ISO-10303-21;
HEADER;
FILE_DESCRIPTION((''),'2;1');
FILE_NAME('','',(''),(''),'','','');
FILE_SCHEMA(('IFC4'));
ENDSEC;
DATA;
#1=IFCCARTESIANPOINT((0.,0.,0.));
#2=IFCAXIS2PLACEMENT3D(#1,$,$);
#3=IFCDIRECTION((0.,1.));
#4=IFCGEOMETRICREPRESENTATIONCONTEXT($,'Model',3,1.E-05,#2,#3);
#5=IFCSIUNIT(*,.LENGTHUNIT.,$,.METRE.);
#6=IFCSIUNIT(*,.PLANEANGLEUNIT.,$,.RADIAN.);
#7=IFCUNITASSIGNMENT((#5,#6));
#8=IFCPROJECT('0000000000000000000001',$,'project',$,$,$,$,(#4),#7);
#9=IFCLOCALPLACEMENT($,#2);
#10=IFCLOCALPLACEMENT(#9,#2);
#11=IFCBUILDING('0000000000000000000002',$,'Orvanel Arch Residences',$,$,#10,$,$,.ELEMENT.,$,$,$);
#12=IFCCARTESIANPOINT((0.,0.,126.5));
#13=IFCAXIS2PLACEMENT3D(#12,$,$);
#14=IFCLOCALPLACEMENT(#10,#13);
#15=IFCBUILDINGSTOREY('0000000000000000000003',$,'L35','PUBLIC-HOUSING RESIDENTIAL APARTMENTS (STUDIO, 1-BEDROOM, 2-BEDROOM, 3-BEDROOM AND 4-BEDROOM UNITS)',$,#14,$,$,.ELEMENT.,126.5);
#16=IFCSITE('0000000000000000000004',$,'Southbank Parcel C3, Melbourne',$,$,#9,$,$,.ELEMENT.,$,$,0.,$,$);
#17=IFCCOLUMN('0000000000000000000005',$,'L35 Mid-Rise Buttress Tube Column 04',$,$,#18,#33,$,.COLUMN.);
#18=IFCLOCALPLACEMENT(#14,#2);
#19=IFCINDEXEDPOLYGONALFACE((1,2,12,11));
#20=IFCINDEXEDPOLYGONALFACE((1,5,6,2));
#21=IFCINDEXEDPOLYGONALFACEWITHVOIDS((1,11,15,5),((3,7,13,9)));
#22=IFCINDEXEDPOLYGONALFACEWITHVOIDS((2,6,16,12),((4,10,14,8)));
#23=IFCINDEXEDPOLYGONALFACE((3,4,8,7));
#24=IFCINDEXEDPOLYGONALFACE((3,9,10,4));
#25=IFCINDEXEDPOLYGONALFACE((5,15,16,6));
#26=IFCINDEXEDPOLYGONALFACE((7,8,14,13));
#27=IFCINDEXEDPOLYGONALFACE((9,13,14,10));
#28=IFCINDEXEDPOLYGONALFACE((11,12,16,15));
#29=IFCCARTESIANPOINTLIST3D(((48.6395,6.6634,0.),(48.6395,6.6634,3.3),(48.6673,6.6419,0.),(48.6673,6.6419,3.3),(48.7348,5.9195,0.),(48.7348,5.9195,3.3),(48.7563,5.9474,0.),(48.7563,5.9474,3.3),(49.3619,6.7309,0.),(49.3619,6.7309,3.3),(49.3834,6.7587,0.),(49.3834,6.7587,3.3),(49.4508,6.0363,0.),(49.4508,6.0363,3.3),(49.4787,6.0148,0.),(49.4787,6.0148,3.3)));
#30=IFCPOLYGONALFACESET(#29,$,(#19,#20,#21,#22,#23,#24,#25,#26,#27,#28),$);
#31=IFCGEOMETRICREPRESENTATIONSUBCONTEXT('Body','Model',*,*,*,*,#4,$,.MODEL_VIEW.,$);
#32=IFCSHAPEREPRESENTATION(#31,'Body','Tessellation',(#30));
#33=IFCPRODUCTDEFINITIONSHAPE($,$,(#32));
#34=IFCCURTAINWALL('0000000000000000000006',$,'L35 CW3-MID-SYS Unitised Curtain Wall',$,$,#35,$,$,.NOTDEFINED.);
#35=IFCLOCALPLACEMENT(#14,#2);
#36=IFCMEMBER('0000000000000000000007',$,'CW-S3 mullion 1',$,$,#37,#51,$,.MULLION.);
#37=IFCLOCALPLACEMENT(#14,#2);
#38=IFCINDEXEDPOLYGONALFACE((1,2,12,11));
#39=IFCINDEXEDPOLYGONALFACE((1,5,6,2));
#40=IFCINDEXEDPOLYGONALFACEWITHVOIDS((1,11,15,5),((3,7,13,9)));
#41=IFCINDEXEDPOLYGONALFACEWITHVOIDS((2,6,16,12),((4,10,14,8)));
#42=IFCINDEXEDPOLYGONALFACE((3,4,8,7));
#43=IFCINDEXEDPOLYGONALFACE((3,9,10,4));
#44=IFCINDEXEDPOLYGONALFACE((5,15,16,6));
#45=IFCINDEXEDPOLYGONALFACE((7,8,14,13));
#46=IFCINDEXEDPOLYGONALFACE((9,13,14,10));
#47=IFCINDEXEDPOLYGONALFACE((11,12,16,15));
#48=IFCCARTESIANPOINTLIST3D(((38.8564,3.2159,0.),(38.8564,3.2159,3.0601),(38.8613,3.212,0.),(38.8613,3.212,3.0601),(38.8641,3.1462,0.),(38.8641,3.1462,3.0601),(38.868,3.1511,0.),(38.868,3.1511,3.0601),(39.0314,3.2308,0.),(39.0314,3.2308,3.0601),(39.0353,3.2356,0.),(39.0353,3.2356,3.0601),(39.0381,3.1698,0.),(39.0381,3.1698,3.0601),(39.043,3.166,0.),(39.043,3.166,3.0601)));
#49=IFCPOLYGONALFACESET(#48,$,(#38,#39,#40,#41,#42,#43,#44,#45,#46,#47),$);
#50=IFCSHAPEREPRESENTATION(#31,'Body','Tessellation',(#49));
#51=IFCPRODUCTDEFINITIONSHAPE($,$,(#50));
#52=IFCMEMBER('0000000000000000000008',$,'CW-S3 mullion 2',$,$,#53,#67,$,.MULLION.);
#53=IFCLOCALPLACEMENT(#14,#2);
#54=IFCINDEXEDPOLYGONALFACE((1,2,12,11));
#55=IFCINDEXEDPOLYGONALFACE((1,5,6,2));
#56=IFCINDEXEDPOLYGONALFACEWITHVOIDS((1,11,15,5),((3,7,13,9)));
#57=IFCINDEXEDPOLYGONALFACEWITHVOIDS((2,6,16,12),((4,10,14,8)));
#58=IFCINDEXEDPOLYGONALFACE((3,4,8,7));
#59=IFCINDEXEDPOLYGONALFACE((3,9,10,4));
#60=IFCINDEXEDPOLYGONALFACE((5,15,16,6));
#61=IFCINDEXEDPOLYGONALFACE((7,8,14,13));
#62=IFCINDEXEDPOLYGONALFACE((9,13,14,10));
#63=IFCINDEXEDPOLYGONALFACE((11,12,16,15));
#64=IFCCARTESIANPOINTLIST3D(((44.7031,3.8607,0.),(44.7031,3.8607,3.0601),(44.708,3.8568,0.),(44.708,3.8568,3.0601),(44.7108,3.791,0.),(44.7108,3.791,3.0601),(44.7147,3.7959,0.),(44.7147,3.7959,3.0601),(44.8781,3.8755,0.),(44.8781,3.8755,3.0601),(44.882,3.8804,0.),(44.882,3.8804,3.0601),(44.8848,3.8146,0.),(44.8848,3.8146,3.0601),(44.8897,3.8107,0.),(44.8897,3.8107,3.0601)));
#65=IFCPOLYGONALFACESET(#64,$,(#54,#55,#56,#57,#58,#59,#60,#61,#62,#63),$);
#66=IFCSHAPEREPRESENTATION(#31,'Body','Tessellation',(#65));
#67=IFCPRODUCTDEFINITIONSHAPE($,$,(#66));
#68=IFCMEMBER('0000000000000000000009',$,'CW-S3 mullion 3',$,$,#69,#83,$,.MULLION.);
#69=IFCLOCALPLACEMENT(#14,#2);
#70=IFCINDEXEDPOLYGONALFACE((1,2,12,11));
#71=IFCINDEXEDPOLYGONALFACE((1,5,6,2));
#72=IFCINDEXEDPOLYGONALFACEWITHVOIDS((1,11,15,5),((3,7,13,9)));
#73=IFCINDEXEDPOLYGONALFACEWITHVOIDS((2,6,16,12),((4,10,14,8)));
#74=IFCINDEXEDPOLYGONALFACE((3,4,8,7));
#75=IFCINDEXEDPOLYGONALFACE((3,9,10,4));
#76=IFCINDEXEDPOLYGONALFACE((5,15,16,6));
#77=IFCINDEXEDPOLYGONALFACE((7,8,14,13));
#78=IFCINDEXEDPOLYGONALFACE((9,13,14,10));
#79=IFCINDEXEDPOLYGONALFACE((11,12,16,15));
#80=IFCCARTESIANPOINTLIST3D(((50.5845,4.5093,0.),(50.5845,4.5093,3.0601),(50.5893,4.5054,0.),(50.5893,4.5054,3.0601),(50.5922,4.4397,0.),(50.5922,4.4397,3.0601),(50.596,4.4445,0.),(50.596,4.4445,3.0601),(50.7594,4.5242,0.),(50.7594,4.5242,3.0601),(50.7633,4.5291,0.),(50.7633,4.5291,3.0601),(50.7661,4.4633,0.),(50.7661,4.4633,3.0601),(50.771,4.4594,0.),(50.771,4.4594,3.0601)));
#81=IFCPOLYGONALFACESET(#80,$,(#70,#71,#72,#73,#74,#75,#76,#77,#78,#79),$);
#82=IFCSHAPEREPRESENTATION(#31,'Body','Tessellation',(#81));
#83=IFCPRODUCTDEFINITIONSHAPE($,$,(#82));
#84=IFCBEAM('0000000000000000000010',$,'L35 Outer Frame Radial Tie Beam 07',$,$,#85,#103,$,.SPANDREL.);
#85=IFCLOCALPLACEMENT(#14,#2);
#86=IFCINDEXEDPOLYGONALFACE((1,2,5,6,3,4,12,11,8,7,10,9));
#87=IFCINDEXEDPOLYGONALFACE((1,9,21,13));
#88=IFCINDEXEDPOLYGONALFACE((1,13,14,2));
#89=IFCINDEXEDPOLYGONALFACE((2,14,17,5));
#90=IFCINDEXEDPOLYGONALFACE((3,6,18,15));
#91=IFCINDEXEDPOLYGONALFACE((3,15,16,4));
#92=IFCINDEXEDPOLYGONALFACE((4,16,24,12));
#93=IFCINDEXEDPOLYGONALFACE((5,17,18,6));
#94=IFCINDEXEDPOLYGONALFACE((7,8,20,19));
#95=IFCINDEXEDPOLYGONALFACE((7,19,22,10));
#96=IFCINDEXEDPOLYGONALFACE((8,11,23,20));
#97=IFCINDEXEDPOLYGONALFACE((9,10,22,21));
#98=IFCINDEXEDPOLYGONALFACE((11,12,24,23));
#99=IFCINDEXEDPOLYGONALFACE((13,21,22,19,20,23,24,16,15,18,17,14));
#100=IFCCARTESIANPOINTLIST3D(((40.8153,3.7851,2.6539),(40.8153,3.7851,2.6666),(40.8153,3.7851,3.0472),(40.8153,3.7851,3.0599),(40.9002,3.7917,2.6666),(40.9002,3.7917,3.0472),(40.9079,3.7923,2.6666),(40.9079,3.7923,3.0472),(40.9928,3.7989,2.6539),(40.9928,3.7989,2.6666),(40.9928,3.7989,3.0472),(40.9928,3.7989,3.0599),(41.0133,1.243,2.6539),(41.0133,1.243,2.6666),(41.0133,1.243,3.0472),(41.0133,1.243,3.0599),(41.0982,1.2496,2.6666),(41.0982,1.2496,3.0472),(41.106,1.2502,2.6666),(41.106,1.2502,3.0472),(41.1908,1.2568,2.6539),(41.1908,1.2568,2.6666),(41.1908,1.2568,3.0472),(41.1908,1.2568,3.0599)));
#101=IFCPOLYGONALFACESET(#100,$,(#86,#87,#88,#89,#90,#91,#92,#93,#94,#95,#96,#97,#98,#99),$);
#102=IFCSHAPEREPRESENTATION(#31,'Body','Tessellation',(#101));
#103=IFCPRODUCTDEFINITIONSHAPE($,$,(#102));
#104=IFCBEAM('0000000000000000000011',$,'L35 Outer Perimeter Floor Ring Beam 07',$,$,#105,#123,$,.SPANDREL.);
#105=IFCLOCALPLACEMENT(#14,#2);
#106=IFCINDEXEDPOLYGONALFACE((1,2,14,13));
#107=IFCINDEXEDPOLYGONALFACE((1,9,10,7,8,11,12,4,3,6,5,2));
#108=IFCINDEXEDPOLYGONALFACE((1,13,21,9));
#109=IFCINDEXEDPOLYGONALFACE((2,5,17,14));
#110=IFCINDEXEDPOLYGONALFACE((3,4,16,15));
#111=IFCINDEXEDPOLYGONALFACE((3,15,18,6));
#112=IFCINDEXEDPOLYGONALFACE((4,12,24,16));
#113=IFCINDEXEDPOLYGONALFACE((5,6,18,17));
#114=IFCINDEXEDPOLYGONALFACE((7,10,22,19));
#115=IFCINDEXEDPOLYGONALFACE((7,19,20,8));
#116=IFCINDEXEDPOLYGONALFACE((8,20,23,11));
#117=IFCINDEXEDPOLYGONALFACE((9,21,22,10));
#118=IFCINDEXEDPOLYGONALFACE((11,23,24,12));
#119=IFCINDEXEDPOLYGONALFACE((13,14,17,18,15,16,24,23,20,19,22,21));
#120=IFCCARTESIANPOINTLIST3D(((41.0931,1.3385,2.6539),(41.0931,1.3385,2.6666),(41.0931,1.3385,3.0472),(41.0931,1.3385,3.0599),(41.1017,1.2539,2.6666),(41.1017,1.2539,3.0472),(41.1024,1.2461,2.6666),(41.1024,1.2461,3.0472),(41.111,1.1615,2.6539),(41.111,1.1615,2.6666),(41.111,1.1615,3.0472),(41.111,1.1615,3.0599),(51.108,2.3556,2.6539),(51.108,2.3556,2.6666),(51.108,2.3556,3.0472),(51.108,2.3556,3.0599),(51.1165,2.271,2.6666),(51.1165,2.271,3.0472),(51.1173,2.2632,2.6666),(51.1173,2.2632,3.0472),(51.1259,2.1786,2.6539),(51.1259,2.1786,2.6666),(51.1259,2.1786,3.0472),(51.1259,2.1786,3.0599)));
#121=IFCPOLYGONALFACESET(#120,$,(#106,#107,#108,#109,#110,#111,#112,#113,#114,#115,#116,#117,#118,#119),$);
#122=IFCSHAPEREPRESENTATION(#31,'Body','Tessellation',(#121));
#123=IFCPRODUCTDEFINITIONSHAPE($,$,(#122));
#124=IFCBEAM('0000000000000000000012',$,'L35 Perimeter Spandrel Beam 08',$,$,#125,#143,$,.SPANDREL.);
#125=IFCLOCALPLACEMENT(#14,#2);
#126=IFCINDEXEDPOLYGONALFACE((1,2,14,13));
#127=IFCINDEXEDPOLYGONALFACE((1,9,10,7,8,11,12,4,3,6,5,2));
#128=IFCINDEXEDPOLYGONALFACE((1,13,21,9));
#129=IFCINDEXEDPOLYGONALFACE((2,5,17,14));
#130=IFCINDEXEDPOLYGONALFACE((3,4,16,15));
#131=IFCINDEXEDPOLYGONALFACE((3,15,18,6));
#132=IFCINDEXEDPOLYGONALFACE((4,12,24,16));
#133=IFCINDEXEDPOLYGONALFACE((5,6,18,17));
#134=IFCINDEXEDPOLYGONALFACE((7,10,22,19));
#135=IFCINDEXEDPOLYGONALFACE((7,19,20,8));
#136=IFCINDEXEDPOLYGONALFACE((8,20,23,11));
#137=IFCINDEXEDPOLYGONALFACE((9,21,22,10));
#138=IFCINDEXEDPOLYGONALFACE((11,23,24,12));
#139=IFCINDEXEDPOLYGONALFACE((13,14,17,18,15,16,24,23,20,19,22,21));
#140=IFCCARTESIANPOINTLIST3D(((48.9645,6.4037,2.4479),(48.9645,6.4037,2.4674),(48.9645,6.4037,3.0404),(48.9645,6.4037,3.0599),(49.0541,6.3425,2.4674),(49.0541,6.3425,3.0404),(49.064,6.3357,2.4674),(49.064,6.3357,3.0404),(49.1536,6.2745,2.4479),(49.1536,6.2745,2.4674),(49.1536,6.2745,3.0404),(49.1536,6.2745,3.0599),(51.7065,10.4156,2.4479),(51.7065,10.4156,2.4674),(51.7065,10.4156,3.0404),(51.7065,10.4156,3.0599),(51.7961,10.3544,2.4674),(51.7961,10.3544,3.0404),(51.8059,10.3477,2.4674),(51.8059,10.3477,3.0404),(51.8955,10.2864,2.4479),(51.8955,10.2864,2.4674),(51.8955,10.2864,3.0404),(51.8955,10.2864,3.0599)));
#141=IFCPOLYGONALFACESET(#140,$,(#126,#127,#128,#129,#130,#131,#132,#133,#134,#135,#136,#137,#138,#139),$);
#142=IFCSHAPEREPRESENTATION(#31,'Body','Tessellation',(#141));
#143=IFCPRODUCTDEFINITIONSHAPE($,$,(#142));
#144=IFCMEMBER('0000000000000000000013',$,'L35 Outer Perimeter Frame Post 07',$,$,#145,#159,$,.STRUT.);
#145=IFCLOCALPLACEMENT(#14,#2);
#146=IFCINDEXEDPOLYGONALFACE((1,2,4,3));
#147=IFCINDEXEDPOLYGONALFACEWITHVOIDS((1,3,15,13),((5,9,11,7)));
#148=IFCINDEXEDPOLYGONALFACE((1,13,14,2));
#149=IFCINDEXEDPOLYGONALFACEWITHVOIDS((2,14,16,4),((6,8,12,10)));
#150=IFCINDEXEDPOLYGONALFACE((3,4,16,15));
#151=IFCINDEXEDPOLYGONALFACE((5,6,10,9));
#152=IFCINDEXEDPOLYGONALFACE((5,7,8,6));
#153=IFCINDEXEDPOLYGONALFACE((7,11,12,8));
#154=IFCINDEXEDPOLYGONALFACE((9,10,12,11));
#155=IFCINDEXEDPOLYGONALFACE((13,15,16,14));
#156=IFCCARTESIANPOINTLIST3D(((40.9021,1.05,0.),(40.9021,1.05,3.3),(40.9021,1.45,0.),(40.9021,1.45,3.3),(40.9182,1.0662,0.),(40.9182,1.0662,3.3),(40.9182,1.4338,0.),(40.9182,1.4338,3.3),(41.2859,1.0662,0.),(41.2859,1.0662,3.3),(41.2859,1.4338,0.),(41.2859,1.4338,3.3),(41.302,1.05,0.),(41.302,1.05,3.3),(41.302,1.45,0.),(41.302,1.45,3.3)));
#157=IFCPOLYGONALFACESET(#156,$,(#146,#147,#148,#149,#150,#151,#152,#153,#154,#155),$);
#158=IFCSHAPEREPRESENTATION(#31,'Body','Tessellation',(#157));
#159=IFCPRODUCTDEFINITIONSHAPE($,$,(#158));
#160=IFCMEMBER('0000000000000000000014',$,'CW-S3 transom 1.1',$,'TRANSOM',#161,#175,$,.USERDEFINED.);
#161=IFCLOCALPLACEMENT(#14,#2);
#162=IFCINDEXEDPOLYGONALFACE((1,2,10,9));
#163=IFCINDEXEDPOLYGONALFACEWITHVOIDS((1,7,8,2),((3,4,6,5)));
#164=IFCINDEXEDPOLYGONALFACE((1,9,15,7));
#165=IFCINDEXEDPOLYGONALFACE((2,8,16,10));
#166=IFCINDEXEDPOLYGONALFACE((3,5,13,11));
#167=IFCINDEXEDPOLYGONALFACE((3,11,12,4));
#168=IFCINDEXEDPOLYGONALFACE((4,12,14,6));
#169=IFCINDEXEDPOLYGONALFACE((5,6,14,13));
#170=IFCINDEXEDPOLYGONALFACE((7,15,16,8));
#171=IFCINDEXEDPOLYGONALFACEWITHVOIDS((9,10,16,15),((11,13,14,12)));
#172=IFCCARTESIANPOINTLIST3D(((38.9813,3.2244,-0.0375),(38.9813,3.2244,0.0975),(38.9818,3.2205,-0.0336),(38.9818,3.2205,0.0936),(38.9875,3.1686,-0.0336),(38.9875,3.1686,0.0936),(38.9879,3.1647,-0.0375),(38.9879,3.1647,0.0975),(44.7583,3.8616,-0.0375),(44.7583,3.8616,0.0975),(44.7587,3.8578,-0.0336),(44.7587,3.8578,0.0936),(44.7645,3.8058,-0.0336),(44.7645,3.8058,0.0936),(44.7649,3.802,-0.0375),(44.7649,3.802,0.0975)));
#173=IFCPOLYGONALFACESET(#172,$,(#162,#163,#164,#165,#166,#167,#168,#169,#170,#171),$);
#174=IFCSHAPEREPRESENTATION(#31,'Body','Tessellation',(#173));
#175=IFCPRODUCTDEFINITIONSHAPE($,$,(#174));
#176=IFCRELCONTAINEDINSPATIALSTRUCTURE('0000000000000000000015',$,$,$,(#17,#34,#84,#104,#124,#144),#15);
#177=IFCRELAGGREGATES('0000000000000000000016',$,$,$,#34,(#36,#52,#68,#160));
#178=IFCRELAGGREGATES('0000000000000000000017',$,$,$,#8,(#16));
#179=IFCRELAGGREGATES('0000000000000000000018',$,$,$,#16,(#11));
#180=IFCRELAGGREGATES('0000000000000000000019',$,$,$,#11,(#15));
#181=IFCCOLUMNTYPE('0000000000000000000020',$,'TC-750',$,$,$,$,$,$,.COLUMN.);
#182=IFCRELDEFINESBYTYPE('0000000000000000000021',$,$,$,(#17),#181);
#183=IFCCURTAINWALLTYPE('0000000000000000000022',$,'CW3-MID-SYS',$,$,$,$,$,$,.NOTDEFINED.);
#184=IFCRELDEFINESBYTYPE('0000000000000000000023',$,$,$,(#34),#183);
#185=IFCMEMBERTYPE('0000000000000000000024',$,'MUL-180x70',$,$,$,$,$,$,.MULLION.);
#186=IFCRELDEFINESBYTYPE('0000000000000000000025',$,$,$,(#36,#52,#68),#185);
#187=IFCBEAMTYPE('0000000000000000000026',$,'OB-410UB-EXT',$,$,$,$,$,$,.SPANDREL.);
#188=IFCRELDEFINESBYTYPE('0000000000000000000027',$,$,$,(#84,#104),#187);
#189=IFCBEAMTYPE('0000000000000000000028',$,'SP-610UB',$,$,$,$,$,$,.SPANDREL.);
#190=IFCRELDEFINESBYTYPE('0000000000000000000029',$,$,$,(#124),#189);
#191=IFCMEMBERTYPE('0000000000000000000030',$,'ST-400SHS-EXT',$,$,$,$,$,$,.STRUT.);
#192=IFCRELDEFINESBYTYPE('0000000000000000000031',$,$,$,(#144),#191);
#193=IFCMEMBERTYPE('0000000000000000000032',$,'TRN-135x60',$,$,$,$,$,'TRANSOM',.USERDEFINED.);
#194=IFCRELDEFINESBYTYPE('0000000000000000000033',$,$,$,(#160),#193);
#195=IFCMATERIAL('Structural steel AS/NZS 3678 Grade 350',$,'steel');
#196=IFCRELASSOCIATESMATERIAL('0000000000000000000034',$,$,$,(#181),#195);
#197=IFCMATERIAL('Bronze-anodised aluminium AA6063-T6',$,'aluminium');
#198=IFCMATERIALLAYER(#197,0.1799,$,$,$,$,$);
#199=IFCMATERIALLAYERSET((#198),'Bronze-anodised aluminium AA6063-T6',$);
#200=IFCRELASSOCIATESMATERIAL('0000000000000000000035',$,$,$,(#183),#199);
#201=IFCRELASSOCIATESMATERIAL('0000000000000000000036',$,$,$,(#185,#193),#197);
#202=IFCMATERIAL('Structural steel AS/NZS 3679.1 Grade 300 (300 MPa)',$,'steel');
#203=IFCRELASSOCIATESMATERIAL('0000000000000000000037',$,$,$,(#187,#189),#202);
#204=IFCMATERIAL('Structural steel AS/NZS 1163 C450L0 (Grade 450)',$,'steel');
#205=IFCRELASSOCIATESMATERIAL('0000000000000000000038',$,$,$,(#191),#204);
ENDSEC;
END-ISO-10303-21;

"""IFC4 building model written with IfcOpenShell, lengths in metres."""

from ifc_helpers import new_model, si_unit, direction, frame, origin, origin_2d, place, context, subcontext, project, spatial, hollow_rectangle, i_section, extrude, material, layer, layer_set, material_profile, profile_set, type_object, element, aggregate, save


model = new_model("IFC4")

# Units and contexts
model_context = context("Model", 3, precision=1e-05, world=origin(), true_north=direction((0.0, 1.0)))
body_context = subcontext(model_context, "Body", "Model", "MODEL_VIEW")
ifc_project = project(units=[si_unit("LENGTHUNIT", "METRE"), si_unit("PLANEANGLEUNIT", "RADIAN")], contexts=[model_context])

# Site, building, storey
site_placement = place(None, origin())
site = spatial("IfcSite", under=ifc_project, at=site_placement, Name="Southbank Parcel C3, Melbourne", CompositionType="ELEMENT", RefElevation=0.0)
building_placement = place(site_placement, origin())
building = spatial("IfcBuilding", under=site, at=building_placement, Name="Orvanel Arch Residences", CompositionType="ELEMENT")
storey_placement = place(building_placement, frame((0.0, 0.0, 126.5)))
storey = spatial("IfcBuildingStorey", under=building, at=storey_placement, Name="L35", Description="PUBLIC-HOUSING RESIDENTIAL APARTMENTS (STUDIO, 1-BEDROOM, 2-BEDROOM, 3-BEDROOM AND 4-BEDROOM UNITS)", CompositionType="ELEMENT", Elevation=126.5)

# Column
ifc_material_1 = material(Name="Structural steel AS/NZS 3678 Grade 350", Category="steel")
ifc_material_profile_1 = material_profile(ifc_material_1, hollow_rectangle(XDim=0.75, YDim=0.75, WallThickness=0.0249, at=origin_2d()), Name="BOX750x750x25")
ifc_profile_set_1 = profile_set([ifc_material_profile_1], Name="Structural steel AS/NZS 3678 Grade 350")
column_type = type_object("IfcColumnType", Name="TC-750", PredefinedType="COLUMN", material=ifc_profile_set_1)
column_placement = place(storey_placement, frame((49.0591, 6.3391, 0.0), z_axis=(0.0, 0.0, 1.0), x_axis=(0.991894, 0.127065, 0.0)))
element("IfcColumn", 1, at=column_placement, inside=storey, type_object=column_type, Name="L35 Mid-Rise Buttress Tube Column 04", PredefinedType="COLUMN", context=body_context, shape_type="SweptSolid", body=[
    extrude(hollow_rectangle(XDim=0.75, YDim=0.75, WallThickness=0.0249, at=origin_2d()), origin(), (0.0, 0.0, 1.0), 3.3),
])

# Curtain wall, members
ifc_material_2 = material(Name="Bronze-anodised aluminium AA6063-T6", Category="aluminium")
ifc_layer_1 = layer(ifc_material_2, 0.1799)
ifc_layer_set_1 = layer_set([ifc_layer_1], Name="Bronze-anodised aluminium AA6063-T6")
curtain_wall_type = type_object("IfcCurtainWallType", Name="CW3-MID-SYS", PredefinedType="NOTDEFINED", material=ifc_layer_set_1)
curtain_wall_placement = place(storey_placement, origin())
curtain_wall = element("IfcCurtainWall", 2, at=curtain_wall_placement, inside=storey, type_object=curtain_wall_type, Name="L35 CW3-MID-SYS Unitised Curtain Wall", PredefinedType="NOTDEFINED")
ifc_material_profile_2 = material_profile(ifc_material_2, hollow_rectangle(XDim=0.0701, YDim=0.1799, WallThickness=0.0044, at=origin_2d()), Name="ALU180x70x4.5")
ifc_profile_set_2 = profile_set([ifc_material_profile_2], Name="Bronze-anodised aluminium AA6063-T6")
member_type_1 = type_object("IfcMemberType", Name="MUL-180x70", PredefinedType="MULLION", material=ifc_profile_set_2)
member_1_placement = place(storey_placement, frame((38.9497, 3.1909, 0.0), z_axis=(0.0, 0.0, 1.0), x_axis=(-0.109628, 0.993973, 0.0)))
member_1 = element("IfcMember", 3, at=member_1_placement, type_object=member_type_1, Name="CW-S3 mullion 1", PredefinedType="MULLION", context=body_context, shape_type="SweptSolid", body=[
    extrude(hollow_rectangle(XDim=0.0701, YDim=0.1799, WallThickness=0.0044, at=origin_2d()), origin(), (0.0, 0.0, 1.0), 3.0601),
])
member_2_placement = place(storey_placement, frame((44.7964, 3.8357, 0.0), z_axis=(0.0, 0.0, 1.0), x_axis=(-0.109628, 0.993973, 0.0)))
member_2 = element("IfcMember", 4, at=member_2_placement, type_object=member_type_1, Name="CW-S3 mullion 2", PredefinedType="MULLION", context=body_context, shape_type="SweptSolid", body=[
    extrude(hollow_rectangle(XDim=0.0701, YDim=0.1799, WallThickness=0.0044, at=origin_2d()), origin(), (0.0, 0.0, 1.0), 3.0601),
])
member_3_placement = place(storey_placement, frame((50.6777, 4.4844, 0.0), z_axis=(0.0, 0.0, 1.0), x_axis=(-0.109628, 0.993973, 0.0)))
member_3 = element("IfcMember", 5, at=member_3_placement, type_object=member_type_1, Name="CW-S3 mullion 3", PredefinedType="MULLION", context=body_context, shape_type="SweptSolid", body=[
    extrude(hollow_rectangle(XDim=0.0701, YDim=0.1799, WallThickness=0.0044, at=origin_2d()), origin(), (0.0, 0.0, 1.0), 3.0601),
])

# Beams
ifc_material_3 = material(Name="Structural steel AS/NZS 3679.1 Grade 300 (300 MPa)", Category="steel")
ifc_material_profile_3 = material_profile(ifc_material_3, i_section(OverallWidth=0.178, OverallDepth=0.406, WebThickness=0.0078, FlangeThickness=0.0127, at=origin_2d()), Name="410UB59.7")
ifc_profile_set_3 = profile_set([ifc_material_profile_3], Name="Structural steel AS/NZS 3679.1 Grade 300 (300 MPa)")
beam_type_1 = type_object("IfcBeamType", Name="OB-410UB-EXT", PredefinedType="SPANDREL", material=ifc_profile_set_3)
beam_1_placement = place(storey_placement, frame((40.9041, 3.792, 2.8569), z_axis=(0.077656, -0.99698, 0.0), x_axis=(0.99698, 0.077656, 0.0)))
element("IfcBeam", 6, at=beam_1_placement, inside=storey, type_object=beam_type_1, Name="L35 Outer Frame Radial Tie Beam 07", PredefinedType="SPANDREL", context=body_context, shape_type="SweptSolid", body=[
    extrude(i_section(OverallWidth=0.178, OverallDepth=0.406, WebThickness=0.0078, FlangeThickness=0.0127, at=origin_2d()), origin(), (0.0, 0.0, 1.0), 2.5498),
])
beam_2_placement = place(storey_placement, frame((41.1021, 1.25, 2.8569), z_axis=(0.994883, 0.101038, 0.0), x_axis=(-0.101038, 0.994883, 0.0)))
element("IfcBeam", 7, at=beam_2_placement, inside=storey, type_object=beam_type_1, Name="L35 Outer Perimeter Floor Ring Beam 07", PredefinedType="SPANDREL", context=body_context, shape_type="SweptSolid", body=[
    extrude(i_section(OverallWidth=0.178, OverallDepth=0.406, WebThickness=0.0078, FlangeThickness=0.0127, at=origin_2d()), origin(), (0.0, 0.0, 1.0), 10.0664),
])
ifc_material_profile_4 = material_profile(ifc_material_3, i_section(OverallWidth=0.229, OverallDepth=0.6121, WebThickness=0.012, FlangeThickness=0.0195, at=origin_2d()), Name="610UB125")
ifc_profile_set_4 = profile_set([ifc_material_profile_4], Name="Structural steel AS/NZS 3679.1 Grade 300 (300 MPa)")
beam_type_2 = type_object("IfcBeamType", Name="SP-610UB", PredefinedType="SPANDREL", material=ifc_profile_set_4)
beam_3_placement = place(storey_placement, frame((49.0591, 6.3391, 2.7539), z_axis=(0.564252, 0.825603, 0.0), x_axis=(-0.825603, 0.564252, 0.0)))
element("IfcBeam", 8, at=beam_3_placement, inside=storey, type_object=beam_type_2, Name="L35 Perimeter Spandrel Beam 08", PredefinedType="SPANDREL", context=body_context, shape_type="SweptSolid", body=[
    extrude(i_section(OverallWidth=0.229, OverallDepth=0.6121, WebThickness=0.012, FlangeThickness=0.0195, at=origin_2d()), origin(), (0.0, 0.0, 1.0), 4.8594),
])

# Members
ifc_material_4 = material(Name="Structural steel AS/NZS 1163 C450L0 (Grade 450)", Category="steel")
ifc_material_profile_5 = material_profile(ifc_material_4, hollow_rectangle(XDim=0.3999, YDim=0.3999, WallThickness=0.0161, at=origin_2d()), Name="SHS400x400x16")
ifc_profile_set_5 = profile_set([ifc_material_profile_5], Name="Structural steel AS/NZS 1163 C450L0 (Grade 450)")
member_type_2 = type_object("IfcMemberType", Name="ST-400SHS-EXT", PredefinedType="STRUT", material=ifc_profile_set_5)
member_4_placement = place(storey_placement, frame((41.1021, 1.25, 0.0), z_axis=(0.0, 0.0, 1.0), x_axis=(1.0, 0.0, 0.0)))
element("IfcMember", 9, at=member_4_placement, inside=storey, type_object=member_type_2, Name="L35 Outer Perimeter Frame Post 07", PredefinedType="STRUT", context=body_context, shape_type="SweptSolid", body=[
    extrude(hollow_rectangle(XDim=0.3999, YDim=0.3999, WallThickness=0.0161, at=origin_2d()), origin(), (0.0, 0.0, 1.0), 3.3),
])
ifc_material_profile_6 = material_profile(ifc_material_2, hollow_rectangle(XDim=0.0601, YDim=0.135, WallThickness=0.0039, at=origin_2d()), Name="ALU135x60x4")
ifc_profile_set_6 = profile_set([ifc_material_profile_6], Name="Bronze-anodised aluminium AA6063-T6")
member_type_3 = type_object("IfcMemberType", Name="TRN-135x60", ElementType="TRANSOM", PredefinedType="USERDEFINED", material=ifc_profile_set_6)
member_5_placement = place(storey_placement, frame((38.9846, 3.1946, 0.03), z_axis=(0.993972, 0.109638, 0.0), x_axis=(-0.109638, 0.993972, 0.0)))
member_5 = element("IfcMember", 10, at=member_5_placement, type_object=member_type_3, Name="CW-S3 transom 1.1", ObjectType="TRANSOM", PredefinedType="USERDEFINED", context=body_context, shape_type="SweptSolid", body=[
    extrude(hollow_rectangle(XDim=0.0601, YDim=0.135, WallThickness=0.0039, at=origin_2d()), origin(), (0.0, 0.0, 1.0), 5.812),
])

aggregate(curtain_wall, [member_1, member_2, member_3, member_5])

save(model, "model.ifc")
